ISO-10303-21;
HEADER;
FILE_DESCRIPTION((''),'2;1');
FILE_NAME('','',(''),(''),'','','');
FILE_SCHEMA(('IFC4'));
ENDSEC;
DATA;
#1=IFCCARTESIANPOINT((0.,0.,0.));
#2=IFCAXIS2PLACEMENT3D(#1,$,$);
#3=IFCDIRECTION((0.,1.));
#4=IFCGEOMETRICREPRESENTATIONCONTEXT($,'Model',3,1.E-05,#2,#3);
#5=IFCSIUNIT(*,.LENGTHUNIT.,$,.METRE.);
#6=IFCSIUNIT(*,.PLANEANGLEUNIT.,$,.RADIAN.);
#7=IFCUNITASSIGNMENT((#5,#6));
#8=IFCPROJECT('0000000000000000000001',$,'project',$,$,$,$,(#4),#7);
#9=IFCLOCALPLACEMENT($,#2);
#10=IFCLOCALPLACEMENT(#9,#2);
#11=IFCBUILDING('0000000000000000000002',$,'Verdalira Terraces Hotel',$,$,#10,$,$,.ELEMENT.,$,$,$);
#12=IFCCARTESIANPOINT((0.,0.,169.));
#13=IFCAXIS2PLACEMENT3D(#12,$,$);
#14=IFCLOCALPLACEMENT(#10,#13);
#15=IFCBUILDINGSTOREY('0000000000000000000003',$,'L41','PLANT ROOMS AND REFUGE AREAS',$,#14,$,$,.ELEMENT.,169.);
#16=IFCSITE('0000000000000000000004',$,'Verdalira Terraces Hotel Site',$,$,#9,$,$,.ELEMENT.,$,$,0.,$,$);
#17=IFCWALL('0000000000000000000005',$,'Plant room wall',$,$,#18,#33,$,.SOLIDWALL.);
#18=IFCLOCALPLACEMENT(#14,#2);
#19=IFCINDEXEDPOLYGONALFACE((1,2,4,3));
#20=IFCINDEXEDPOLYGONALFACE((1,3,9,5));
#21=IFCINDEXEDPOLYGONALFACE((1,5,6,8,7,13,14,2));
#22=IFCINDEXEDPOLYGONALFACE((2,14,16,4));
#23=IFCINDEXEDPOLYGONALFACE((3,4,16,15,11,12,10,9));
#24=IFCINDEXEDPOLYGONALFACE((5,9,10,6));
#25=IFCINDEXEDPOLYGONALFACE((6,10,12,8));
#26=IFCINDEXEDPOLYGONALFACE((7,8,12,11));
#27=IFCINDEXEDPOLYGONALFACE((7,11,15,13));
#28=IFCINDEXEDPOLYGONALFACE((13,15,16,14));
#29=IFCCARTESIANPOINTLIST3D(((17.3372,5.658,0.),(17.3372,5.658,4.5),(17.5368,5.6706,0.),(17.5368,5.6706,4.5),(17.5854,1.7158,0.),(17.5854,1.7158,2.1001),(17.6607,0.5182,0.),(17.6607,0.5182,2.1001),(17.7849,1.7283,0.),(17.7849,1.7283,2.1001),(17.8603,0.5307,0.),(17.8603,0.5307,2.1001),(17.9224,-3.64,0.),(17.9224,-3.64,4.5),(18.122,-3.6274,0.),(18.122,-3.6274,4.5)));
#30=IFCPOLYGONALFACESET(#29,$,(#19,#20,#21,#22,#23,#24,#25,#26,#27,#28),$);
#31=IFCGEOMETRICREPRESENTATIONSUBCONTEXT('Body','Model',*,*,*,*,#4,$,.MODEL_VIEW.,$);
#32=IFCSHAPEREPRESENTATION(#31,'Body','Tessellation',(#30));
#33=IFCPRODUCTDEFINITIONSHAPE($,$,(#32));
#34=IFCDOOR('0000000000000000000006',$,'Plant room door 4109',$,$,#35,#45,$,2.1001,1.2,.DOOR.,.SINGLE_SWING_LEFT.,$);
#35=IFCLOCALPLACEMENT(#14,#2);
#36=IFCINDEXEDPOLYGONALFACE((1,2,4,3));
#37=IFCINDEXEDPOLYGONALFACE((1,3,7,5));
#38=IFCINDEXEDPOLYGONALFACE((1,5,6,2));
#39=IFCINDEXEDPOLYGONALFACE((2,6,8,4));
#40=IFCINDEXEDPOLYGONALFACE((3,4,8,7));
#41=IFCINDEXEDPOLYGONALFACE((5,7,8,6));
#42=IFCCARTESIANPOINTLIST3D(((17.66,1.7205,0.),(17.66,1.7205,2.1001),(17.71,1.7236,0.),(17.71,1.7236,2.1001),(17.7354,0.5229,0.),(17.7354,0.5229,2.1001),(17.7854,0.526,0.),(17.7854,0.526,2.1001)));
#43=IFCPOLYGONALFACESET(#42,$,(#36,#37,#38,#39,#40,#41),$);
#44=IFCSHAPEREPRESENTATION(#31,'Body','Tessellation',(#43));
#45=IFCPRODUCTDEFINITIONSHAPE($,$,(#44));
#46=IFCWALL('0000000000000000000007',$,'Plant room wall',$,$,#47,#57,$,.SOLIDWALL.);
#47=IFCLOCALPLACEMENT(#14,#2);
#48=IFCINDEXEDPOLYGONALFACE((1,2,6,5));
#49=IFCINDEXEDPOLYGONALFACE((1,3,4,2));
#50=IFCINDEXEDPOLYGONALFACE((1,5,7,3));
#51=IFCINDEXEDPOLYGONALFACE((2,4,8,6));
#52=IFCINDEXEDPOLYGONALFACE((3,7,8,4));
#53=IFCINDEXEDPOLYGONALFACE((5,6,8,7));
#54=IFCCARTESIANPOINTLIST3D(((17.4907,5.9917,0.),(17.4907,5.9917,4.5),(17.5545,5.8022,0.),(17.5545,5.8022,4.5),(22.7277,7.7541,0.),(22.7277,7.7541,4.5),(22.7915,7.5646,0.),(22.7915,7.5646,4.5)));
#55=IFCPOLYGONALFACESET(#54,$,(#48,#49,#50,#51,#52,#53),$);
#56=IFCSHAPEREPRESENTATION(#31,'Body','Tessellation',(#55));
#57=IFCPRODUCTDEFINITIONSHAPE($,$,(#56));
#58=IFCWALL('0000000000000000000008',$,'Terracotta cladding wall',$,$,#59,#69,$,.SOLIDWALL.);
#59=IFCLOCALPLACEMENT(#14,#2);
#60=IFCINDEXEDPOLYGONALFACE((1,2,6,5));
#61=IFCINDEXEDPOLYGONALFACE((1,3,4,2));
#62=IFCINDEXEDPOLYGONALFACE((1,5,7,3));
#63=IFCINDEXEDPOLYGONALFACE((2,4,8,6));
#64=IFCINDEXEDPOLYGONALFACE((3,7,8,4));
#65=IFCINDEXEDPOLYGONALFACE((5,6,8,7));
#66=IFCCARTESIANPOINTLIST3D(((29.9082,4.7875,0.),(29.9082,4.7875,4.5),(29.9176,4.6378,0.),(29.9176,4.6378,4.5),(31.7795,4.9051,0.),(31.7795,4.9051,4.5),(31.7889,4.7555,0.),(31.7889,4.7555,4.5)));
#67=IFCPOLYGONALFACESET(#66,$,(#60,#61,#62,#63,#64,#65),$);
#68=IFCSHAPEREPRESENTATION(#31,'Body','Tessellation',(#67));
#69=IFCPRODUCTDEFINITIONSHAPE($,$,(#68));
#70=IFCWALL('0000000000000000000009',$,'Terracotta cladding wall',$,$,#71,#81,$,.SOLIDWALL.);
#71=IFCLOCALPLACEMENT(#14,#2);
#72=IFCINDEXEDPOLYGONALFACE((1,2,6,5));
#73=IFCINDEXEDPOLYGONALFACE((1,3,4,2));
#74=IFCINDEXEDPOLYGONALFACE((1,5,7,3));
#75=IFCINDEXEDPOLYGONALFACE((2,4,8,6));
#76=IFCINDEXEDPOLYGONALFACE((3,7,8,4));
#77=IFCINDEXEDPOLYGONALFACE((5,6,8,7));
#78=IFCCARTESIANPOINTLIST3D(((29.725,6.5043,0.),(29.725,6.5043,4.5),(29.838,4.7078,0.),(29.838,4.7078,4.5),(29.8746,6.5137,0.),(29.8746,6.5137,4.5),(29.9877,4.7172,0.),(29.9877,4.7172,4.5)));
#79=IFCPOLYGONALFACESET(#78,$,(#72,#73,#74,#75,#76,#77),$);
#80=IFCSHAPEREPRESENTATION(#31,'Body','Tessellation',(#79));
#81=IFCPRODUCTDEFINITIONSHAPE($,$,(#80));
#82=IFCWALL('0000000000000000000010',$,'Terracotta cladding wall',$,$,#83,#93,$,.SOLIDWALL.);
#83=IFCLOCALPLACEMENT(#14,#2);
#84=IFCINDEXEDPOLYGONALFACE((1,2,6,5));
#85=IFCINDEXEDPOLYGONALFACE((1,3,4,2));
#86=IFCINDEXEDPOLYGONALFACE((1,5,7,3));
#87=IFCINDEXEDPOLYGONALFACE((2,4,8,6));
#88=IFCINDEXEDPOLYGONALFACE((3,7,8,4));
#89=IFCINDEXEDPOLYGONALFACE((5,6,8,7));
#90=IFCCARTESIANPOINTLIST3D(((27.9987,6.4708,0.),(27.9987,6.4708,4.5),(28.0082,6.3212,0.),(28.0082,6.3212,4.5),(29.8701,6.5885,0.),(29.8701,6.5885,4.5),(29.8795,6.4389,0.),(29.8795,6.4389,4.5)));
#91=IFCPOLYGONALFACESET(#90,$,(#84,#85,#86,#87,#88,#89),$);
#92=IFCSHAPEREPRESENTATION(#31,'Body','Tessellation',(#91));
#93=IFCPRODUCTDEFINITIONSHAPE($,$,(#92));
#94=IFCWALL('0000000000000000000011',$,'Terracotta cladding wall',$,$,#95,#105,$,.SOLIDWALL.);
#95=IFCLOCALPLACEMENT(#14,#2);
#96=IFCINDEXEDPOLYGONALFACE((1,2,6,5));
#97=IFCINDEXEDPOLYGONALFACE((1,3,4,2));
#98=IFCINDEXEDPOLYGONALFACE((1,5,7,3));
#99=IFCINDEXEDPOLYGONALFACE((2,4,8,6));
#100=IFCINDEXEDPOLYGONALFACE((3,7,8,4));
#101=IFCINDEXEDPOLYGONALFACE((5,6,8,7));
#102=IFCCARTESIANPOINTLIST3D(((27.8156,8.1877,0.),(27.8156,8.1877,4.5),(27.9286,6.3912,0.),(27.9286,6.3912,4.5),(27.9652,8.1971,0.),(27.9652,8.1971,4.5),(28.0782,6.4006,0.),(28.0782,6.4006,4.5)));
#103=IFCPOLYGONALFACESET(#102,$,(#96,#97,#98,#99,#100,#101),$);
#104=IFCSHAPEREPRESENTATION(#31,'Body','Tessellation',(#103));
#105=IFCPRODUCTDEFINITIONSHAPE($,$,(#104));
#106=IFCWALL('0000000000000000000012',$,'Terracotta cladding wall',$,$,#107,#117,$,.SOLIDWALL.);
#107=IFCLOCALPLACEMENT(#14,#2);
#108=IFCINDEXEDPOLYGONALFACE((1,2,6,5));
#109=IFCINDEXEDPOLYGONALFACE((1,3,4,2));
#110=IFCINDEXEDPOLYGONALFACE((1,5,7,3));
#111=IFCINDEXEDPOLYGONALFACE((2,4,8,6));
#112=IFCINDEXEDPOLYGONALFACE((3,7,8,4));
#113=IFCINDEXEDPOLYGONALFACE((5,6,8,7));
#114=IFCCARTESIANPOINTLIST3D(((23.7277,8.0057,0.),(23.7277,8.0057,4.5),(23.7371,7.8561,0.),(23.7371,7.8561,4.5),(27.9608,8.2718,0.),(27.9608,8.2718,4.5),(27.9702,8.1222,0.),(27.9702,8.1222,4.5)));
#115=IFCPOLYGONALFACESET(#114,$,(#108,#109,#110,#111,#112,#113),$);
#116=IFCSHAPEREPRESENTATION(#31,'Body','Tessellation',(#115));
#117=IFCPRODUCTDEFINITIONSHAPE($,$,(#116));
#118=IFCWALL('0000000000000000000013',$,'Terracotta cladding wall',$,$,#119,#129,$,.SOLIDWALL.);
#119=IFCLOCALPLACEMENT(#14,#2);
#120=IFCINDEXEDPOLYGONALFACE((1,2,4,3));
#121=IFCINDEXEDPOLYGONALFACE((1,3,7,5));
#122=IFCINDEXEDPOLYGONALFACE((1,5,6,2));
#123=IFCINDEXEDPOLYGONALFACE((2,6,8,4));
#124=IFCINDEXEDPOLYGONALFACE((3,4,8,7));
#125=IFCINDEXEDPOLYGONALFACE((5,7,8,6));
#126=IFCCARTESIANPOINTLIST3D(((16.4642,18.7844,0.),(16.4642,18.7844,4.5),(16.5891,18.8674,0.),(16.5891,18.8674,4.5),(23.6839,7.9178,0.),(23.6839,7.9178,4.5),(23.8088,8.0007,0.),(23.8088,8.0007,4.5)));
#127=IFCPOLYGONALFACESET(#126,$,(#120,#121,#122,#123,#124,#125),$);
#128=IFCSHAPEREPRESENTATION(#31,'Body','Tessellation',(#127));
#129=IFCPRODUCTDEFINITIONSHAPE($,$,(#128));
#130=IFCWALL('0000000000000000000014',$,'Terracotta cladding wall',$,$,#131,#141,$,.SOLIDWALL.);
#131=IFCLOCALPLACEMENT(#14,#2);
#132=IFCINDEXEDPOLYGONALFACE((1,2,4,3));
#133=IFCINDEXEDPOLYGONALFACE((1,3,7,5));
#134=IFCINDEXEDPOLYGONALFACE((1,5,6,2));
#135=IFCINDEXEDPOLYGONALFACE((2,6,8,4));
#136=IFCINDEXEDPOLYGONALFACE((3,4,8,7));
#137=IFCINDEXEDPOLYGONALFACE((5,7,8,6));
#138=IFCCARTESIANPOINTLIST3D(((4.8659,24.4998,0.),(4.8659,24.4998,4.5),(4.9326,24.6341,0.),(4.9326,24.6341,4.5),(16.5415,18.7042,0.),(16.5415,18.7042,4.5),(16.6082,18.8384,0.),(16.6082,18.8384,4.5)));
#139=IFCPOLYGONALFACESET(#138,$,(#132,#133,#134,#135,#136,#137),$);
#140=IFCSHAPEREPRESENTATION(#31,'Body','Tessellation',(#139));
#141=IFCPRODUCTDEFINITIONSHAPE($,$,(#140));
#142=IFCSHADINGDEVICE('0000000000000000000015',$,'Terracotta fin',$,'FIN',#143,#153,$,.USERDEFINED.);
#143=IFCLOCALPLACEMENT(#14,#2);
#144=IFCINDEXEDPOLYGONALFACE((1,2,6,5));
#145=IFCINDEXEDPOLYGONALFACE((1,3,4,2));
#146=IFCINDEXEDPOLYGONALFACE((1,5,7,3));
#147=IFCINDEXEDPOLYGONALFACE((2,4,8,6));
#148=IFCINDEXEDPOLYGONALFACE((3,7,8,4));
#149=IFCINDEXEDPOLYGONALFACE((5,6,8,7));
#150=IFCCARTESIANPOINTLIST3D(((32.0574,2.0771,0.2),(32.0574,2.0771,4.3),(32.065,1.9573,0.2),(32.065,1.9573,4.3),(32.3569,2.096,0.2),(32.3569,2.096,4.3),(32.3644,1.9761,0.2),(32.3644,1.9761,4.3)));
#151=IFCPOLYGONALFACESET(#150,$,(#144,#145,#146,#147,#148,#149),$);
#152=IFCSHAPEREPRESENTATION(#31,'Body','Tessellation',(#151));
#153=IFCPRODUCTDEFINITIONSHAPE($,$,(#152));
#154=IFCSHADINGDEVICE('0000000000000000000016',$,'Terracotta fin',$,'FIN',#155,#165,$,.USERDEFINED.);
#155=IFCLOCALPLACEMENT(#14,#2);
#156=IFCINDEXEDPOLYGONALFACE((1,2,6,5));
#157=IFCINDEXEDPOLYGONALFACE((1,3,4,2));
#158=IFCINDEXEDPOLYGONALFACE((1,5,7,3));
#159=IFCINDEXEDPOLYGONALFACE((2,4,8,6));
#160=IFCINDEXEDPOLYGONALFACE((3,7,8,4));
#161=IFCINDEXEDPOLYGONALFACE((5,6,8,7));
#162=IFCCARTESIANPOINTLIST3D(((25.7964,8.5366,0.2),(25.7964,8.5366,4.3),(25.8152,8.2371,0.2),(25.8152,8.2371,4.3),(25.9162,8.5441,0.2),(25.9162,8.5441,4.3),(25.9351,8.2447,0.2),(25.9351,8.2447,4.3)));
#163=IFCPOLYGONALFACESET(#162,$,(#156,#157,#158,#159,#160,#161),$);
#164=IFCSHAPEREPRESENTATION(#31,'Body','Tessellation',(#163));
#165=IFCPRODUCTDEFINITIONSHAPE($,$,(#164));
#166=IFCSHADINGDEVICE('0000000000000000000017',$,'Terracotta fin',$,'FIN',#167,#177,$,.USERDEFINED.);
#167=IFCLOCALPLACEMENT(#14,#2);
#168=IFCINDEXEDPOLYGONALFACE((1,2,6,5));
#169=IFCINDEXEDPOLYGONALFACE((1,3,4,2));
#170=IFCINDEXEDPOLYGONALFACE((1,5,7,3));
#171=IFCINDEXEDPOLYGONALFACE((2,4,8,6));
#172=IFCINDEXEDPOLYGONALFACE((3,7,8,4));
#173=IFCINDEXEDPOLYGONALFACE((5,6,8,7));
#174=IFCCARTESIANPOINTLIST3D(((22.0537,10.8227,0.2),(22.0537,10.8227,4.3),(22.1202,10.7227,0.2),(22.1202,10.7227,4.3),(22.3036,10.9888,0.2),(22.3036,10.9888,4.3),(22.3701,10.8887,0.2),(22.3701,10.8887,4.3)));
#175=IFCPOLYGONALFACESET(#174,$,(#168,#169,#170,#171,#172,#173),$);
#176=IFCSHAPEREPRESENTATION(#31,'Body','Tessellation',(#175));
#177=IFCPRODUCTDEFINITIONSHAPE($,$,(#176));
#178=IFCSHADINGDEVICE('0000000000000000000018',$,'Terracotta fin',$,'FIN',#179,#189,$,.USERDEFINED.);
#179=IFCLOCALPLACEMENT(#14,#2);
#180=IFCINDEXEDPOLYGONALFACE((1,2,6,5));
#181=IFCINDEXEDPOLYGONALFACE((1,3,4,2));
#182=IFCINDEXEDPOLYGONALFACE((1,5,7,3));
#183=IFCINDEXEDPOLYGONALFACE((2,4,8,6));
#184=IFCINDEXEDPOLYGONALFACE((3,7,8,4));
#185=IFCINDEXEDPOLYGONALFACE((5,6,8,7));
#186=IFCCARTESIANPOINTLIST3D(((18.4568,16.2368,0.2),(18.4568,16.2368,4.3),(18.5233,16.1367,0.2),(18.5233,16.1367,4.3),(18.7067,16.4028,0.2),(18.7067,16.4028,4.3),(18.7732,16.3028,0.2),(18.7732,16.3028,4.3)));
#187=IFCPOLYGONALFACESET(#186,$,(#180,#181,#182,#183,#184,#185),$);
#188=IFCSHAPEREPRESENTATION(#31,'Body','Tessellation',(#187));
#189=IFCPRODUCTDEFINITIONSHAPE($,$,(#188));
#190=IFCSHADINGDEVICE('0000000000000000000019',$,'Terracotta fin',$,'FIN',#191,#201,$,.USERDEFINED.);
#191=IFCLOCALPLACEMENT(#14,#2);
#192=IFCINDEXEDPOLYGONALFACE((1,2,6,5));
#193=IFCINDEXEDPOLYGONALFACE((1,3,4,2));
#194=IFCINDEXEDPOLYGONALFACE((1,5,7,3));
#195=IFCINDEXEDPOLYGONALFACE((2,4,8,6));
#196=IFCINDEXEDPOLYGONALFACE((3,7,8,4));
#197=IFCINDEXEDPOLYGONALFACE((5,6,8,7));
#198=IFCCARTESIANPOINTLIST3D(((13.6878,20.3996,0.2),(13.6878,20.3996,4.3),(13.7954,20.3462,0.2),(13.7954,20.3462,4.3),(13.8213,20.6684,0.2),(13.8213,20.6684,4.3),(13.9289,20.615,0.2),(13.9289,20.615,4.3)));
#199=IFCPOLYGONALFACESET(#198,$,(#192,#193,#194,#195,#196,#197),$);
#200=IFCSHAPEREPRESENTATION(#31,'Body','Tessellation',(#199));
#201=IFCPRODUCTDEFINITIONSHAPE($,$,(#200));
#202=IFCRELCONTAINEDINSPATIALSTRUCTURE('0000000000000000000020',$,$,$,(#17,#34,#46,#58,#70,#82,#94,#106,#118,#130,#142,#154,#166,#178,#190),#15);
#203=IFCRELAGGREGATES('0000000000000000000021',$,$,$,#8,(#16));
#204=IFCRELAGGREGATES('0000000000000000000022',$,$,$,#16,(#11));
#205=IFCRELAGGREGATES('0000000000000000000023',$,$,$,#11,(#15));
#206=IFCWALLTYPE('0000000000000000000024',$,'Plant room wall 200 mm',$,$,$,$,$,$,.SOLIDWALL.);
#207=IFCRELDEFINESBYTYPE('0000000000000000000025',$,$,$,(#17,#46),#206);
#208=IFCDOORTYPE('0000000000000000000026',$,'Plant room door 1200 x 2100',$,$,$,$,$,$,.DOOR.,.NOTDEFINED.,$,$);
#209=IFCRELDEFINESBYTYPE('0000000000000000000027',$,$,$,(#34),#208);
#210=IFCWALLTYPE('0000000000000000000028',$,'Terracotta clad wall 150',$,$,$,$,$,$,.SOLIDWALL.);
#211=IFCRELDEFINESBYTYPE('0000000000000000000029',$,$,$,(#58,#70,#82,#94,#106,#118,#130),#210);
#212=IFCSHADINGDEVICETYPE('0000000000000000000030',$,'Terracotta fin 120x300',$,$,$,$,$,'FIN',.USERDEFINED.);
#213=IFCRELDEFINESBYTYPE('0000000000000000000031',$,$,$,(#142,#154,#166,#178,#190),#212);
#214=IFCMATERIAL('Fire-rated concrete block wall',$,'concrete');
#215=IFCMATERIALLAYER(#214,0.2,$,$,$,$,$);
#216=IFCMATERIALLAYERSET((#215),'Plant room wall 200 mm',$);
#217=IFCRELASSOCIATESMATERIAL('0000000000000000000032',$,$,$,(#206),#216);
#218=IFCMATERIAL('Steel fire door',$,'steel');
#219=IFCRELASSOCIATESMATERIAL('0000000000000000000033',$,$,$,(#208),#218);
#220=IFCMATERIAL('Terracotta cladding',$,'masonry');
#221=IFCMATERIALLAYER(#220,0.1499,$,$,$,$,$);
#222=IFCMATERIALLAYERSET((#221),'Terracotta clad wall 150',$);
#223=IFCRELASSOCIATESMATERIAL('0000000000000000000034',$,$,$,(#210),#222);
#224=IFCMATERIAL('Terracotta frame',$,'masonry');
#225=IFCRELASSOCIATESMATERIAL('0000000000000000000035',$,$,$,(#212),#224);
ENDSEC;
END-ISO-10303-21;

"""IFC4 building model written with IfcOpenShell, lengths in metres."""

from ifc_helpers import new_model, si_unit, direction, frame, frame_2d, origin, origin_2d, place, context, subcontext, project, spatial, rectangle, extrude, material, layer, layer_set, material_profile, profile_set, type_object, element, fill, save


model = new_model("IFC4")

# Units and contexts
model_context = context("Model", 3, precision=1e-05, world=origin(), true_north=direction((0.0, 1.0)))
body_context = subcontext(model_context, "Body", "Model", "MODEL_VIEW")
ifc_project = project(units=[si_unit("LENGTHUNIT", "METRE"), si_unit("PLANEANGLEUNIT", "RADIAN")], contexts=[model_context])

# Site, building, storey
site_placement = place(None, origin())
site = spatial("IfcSite", under=ifc_project, at=site_placement, Name="Verdalira Terraces Hotel Site", CompositionType="ELEMENT", RefElevation=0.0)
building_placement = place(site_placement, origin())
building = spatial("IfcBuilding", under=site, at=building_placement, Name="Verdalira Terraces Hotel", CompositionType="ELEMENT")
storey_placement = place(building_placement, frame((0.0, 0.0, 169.0)))
storey = spatial("IfcBuildingStorey", under=building, at=storey_placement, Name="L41", Description="PLANT ROOMS AND REFUGE AREAS", CompositionType="ELEMENT", Elevation=169.0)

# Wall, opening, door
ifc_material_1 = material(Name="Fire-rated concrete block wall", Category="concrete")
ifc_layer_1 = layer(ifc_material_1, 0.2)
ifc_layer_set_1 = layer_set([ifc_layer_1], Name="Plant room wall 200 mm")
wall_type_1 = type_object("IfcWallType", Name="Plant room wall 200 mm", PredefinedType="SOLIDWALL", material=ifc_layer_set_1)
wall_1_placement = place(storey_placement, frame((17.437, 5.6643, 0.0), z_axis=(0.0, 0.0, 1.0), x_axis=(0.062814, -0.998025, 0.0)))
wall_1 = element("IfcWall", 1, at=wall_1_placement, inside=storey, type_object=wall_type_1, Name="Plant room wall", PredefinedType="SOLIDWALL", context=body_context, shape_type="SweptSolid", body=[
    extrude(rectangle(XDim=9.3164, YDim=0.2, at=frame_2d((4.6582, 0.0))), origin(), (0.0, 0.0, 1.0), 4.5),
])
opening_1_placement = place(wall_1_placement, frame((3.95, 0.0, 0.0)))
opening_1 = element("IfcOpeningElement", 2, at=opening_1_placement, cuts=wall_1, PredefinedType="OPENING", context=body_context, shape_type="SweptSolid", body=[
    extrude(rectangle(XDim=1.2, YDim=2.1001, at=frame_2d((0.6001, 1.05))), frame((0.0, 0.1099, 0.0), z_axis=(0.0, -1.0, 0.0), x_axis=(1.0, 0.0, 0.0)), (0.0, 0.0, 1.0), 0.22),
])
ifc_material_2 = material(Name="Steel fire door", Category="steel")
door_type_1 = type_object("IfcDoorType", Name="Plant room door 1200 x 2100", OperationType="NOTDEFINED", PredefinedType="DOOR", material=ifc_material_2)
door_1_placement = place(opening_1_placement, origin())
door_1 = element("IfcDoor", 3, at=door_1_placement, inside=storey, type_object=door_type_1, Name="Plant room door 4109", OperationType="SINGLE_SWING_LEFT", OverallHeight=2.1001, OverallWidth=1.2, PredefinedType="DOOR", context=body_context, shape_type="SweptSolid", body=[
    extrude(rectangle(XDim=1.2, YDim=2.1001, at=frame_2d((0.6001, 1.05))), frame((0.0, 0.0249, 0.0), z_axis=(0.0, -1.0, 0.0), x_axis=(1.0, 0.0, 0.0)), (0.0, 0.0, 1.0), 0.05),
])
fill(opening_1, door_1)

# Walls
wall_2_placement = place(storey_placement, frame((17.5227, 5.897, 0.0), z_axis=(0.0, 0.0, 1.0), x_axis=(0.947769, 0.318957, 0.0)))
element("IfcWall", 4, at=wall_2_placement, inside=storey, type_object=wall_type_1, Name="Plant room wall", PredefinedType="SOLIDWALL", context=body_context, shape_type="SweptSolid", body=[
    extrude(rectangle(XDim=5.5256, YDim=0.2, at=frame_2d((2.7627, 0.0))), origin(), (0.0, 0.0, 1.0), 4.5),
])
ifc_material_3 = material(Name="Terracotta cladding", Category="masonry")
ifc_layer_2 = layer(ifc_material_3, 0.1499)
ifc_layer_set_2 = layer_set([ifc_layer_2], Name="Terracotta clad wall 150")
wall_type_2 = type_object("IfcWallType", Name="Terracotta clad wall 150", PredefinedType="SOLIDWALL", material=ifc_layer_set_2)
wall_3_placement = place(storey_placement, frame((31.7842, 4.8303, 0.0), z_axis=(0.0, 0.0, 1.0), x_axis=(-0.998029, -0.062759, 0.0)))
element("IfcWall", 5, at=wall_3_placement, inside=storey, type_object=wall_type_2, Name="Terracotta cladding wall", PredefinedType="SOLIDWALL", context=body_context, shape_type="SweptSolid", body=[
    extrude(rectangle(XDim=1.875, YDim=0.1499, at=frame_2d((0.9375, 0.0))), origin(), (0.0, 0.0, 1.0), 4.5),
])
wall_4_placement = place(storey_placement, frame((29.9128, 4.7126, 0.0), z_axis=(0.0, 0.0, 1.0), x_axis=(-0.062801, 0.998026, 0.0)))
element("IfcWall", 6, at=wall_4_placement, inside=storey, type_object=wall_type_2, Name="Terracotta cladding wall", PredefinedType="SOLIDWALL", context=body_context, shape_type="SweptSolid", body=[
    extrude(rectangle(XDim=1.8, YDim=0.1499, at=frame_2d((0.8999, 0.0))), origin(), (0.0, 0.0, 1.0), 4.5),
])
wall_5_placement = place(storey_placement, frame((29.8748, 6.5137, 0.0), z_axis=(0.0, 0.0, 1.0), x_axis=(-0.998029, -0.062759, 0.0)))
element("IfcWall", 7, at=wall_5_placement, inside=storey, type_object=wall_type_2, Name="Terracotta cladding wall", PredefinedType="SOLIDWALL", context=body_context, shape_type="SweptSolid", body=[
    extrude(rectangle(XDim=1.875, YDim=0.1499, at=frame_2d((0.9375, 0.0))), origin(), (0.0, 0.0, 1.0), 4.5),
])
wall_6_placement = place(storey_placement, frame((28.0034, 6.396, 0.0), z_axis=(0.0, 0.0, 1.0), x_axis=(-0.062801, 0.998026, 0.0)))
element("IfcWall", 8, at=wall_6_placement, inside=storey, type_object=wall_type_2, Name="Terracotta cladding wall", PredefinedType="SOLIDWALL", context=body_context, shape_type="SweptSolid", body=[
    extrude(rectangle(XDim=1.8, YDim=0.1499, at=frame_2d((0.8999, 0.0))), origin(), (0.0, 0.0, 1.0), 4.5),
])
wall_7_placement = place(storey_placement, frame((27.9653, 8.197, 0.0), z_axis=(0.0, 0.0, 1.0), x_axis=(-0.99803, -0.06274, 0.0)))
element("IfcWall", 9, at=wall_7_placement, inside=storey, type_object=wall_type_2, Name="Terracotta cladding wall", PredefinedType="SOLIDWALL", context=body_context, shape_type="SweptSolid", body=[
    extrude(rectangle(XDim=4.2415, YDim=0.1499, at=frame_2d((2.1206, 0.0))), origin(), (0.0, 0.0, 1.0), 4.5),
])
wall_8_placement = place(storey_placement, frame((23.7463, 7.9592, 0.0), z_axis=(0.0, 0.0, 1.0), x_axis=(-0.553387, 0.832924, 0.0)))
element("IfcWall", 10, at=wall_8_placement, inside=storey, type_object=wall_type_2, Name="Terracotta cladding wall", PredefinedType="SOLIDWALL", context=body_context, shape_type="SweptSolid", body=[
    extrude(rectangle(XDim=13.0464, YDim=0.1499, at=frame_2d((6.5232, 0.0))), origin(), (0.0, 0.0, 1.0), 4.5),
])
wall_9_placement = place(storey_placement, frame((16.575, 18.7712, 0.0), z_axis=(0.0, 0.0, 1.0), x_axis=(-0.895716, 0.444627, 0.0)))
element("IfcWall", 11, at=wall_9_placement, inside=storey, type_object=wall_type_2, Name="Terracotta cladding wall", PredefinedType="SOLIDWALL", context=body_context, shape_type="SweptSolid", body=[
    extrude(rectangle(XDim=13.0349, YDim=0.1499, at=frame_2d((6.5176, 0.0))), origin(), (0.0, 0.0, 1.0), 4.5),
])

# Shading devices
ifc_material_4 = material(Name="Terracotta frame", Category="masonry")
ifc_material_profile_1 = material_profile(ifc_material_4, rectangle(XDim=0.1201, YDim=0.3, at=origin_2d()), Name="FIN 120x300")
ifc_profile_set_1 = profile_set([ifc_material_profile_1], Name="Terracotta frame")
shading_device_type = type_object("IfcShadingDeviceType", Name="Terracotta fin 120x300", ElementType="FIN", PredefinedType="USERDEFINED", material=ifc_profile_set_1)
for number, where, z_axis, x_axis, name in (
    (12, (32.2109, 2.0266, 0.2), (0.0, 0.0, 1.0), (-0.062791, 0.998027, 0.0), "Terracotta fin"),
    (13, (25.8657, 8.3906, 0.2), (0.0, 0.0, 1.0), (-0.998027, -0.062791, 0.0), "Terracotta fin"),
    (14, (22.2119, 10.8557, 0.2), (0.0, 0.0, 1.0), (-0.553392, 0.832921, 0.0), "Terracotta fin"),
    (15, (18.615, 16.2698, 0.2), (0.0, 0.0, 1.0), (-0.553392, 0.832921, 0.0), "Terracotta fin"),
    (16, (13.8084, 20.5073, 0.2), (0.0, 0.0, 1.0), (-0.895712, 0.444635, 0.0), "Terracotta fin"),
):
    element("IfcShadingDevice", number, at=place(storey_placement, frame(where, z_axis=z_axis, x_axis=x_axis)), inside=storey, type_object=shading_device_type, Name=name, ObjectType="FIN", PredefinedType="USERDEFINED", context=body_context, shape_type="SweptSolid", body=[
        extrude(rectangle(XDim=0.1201, YDim=0.3, at=origin_2d()), origin(), (0.0, 0.0, 1.0), 4.1001),
    ])

save(model, "model.ifc")
